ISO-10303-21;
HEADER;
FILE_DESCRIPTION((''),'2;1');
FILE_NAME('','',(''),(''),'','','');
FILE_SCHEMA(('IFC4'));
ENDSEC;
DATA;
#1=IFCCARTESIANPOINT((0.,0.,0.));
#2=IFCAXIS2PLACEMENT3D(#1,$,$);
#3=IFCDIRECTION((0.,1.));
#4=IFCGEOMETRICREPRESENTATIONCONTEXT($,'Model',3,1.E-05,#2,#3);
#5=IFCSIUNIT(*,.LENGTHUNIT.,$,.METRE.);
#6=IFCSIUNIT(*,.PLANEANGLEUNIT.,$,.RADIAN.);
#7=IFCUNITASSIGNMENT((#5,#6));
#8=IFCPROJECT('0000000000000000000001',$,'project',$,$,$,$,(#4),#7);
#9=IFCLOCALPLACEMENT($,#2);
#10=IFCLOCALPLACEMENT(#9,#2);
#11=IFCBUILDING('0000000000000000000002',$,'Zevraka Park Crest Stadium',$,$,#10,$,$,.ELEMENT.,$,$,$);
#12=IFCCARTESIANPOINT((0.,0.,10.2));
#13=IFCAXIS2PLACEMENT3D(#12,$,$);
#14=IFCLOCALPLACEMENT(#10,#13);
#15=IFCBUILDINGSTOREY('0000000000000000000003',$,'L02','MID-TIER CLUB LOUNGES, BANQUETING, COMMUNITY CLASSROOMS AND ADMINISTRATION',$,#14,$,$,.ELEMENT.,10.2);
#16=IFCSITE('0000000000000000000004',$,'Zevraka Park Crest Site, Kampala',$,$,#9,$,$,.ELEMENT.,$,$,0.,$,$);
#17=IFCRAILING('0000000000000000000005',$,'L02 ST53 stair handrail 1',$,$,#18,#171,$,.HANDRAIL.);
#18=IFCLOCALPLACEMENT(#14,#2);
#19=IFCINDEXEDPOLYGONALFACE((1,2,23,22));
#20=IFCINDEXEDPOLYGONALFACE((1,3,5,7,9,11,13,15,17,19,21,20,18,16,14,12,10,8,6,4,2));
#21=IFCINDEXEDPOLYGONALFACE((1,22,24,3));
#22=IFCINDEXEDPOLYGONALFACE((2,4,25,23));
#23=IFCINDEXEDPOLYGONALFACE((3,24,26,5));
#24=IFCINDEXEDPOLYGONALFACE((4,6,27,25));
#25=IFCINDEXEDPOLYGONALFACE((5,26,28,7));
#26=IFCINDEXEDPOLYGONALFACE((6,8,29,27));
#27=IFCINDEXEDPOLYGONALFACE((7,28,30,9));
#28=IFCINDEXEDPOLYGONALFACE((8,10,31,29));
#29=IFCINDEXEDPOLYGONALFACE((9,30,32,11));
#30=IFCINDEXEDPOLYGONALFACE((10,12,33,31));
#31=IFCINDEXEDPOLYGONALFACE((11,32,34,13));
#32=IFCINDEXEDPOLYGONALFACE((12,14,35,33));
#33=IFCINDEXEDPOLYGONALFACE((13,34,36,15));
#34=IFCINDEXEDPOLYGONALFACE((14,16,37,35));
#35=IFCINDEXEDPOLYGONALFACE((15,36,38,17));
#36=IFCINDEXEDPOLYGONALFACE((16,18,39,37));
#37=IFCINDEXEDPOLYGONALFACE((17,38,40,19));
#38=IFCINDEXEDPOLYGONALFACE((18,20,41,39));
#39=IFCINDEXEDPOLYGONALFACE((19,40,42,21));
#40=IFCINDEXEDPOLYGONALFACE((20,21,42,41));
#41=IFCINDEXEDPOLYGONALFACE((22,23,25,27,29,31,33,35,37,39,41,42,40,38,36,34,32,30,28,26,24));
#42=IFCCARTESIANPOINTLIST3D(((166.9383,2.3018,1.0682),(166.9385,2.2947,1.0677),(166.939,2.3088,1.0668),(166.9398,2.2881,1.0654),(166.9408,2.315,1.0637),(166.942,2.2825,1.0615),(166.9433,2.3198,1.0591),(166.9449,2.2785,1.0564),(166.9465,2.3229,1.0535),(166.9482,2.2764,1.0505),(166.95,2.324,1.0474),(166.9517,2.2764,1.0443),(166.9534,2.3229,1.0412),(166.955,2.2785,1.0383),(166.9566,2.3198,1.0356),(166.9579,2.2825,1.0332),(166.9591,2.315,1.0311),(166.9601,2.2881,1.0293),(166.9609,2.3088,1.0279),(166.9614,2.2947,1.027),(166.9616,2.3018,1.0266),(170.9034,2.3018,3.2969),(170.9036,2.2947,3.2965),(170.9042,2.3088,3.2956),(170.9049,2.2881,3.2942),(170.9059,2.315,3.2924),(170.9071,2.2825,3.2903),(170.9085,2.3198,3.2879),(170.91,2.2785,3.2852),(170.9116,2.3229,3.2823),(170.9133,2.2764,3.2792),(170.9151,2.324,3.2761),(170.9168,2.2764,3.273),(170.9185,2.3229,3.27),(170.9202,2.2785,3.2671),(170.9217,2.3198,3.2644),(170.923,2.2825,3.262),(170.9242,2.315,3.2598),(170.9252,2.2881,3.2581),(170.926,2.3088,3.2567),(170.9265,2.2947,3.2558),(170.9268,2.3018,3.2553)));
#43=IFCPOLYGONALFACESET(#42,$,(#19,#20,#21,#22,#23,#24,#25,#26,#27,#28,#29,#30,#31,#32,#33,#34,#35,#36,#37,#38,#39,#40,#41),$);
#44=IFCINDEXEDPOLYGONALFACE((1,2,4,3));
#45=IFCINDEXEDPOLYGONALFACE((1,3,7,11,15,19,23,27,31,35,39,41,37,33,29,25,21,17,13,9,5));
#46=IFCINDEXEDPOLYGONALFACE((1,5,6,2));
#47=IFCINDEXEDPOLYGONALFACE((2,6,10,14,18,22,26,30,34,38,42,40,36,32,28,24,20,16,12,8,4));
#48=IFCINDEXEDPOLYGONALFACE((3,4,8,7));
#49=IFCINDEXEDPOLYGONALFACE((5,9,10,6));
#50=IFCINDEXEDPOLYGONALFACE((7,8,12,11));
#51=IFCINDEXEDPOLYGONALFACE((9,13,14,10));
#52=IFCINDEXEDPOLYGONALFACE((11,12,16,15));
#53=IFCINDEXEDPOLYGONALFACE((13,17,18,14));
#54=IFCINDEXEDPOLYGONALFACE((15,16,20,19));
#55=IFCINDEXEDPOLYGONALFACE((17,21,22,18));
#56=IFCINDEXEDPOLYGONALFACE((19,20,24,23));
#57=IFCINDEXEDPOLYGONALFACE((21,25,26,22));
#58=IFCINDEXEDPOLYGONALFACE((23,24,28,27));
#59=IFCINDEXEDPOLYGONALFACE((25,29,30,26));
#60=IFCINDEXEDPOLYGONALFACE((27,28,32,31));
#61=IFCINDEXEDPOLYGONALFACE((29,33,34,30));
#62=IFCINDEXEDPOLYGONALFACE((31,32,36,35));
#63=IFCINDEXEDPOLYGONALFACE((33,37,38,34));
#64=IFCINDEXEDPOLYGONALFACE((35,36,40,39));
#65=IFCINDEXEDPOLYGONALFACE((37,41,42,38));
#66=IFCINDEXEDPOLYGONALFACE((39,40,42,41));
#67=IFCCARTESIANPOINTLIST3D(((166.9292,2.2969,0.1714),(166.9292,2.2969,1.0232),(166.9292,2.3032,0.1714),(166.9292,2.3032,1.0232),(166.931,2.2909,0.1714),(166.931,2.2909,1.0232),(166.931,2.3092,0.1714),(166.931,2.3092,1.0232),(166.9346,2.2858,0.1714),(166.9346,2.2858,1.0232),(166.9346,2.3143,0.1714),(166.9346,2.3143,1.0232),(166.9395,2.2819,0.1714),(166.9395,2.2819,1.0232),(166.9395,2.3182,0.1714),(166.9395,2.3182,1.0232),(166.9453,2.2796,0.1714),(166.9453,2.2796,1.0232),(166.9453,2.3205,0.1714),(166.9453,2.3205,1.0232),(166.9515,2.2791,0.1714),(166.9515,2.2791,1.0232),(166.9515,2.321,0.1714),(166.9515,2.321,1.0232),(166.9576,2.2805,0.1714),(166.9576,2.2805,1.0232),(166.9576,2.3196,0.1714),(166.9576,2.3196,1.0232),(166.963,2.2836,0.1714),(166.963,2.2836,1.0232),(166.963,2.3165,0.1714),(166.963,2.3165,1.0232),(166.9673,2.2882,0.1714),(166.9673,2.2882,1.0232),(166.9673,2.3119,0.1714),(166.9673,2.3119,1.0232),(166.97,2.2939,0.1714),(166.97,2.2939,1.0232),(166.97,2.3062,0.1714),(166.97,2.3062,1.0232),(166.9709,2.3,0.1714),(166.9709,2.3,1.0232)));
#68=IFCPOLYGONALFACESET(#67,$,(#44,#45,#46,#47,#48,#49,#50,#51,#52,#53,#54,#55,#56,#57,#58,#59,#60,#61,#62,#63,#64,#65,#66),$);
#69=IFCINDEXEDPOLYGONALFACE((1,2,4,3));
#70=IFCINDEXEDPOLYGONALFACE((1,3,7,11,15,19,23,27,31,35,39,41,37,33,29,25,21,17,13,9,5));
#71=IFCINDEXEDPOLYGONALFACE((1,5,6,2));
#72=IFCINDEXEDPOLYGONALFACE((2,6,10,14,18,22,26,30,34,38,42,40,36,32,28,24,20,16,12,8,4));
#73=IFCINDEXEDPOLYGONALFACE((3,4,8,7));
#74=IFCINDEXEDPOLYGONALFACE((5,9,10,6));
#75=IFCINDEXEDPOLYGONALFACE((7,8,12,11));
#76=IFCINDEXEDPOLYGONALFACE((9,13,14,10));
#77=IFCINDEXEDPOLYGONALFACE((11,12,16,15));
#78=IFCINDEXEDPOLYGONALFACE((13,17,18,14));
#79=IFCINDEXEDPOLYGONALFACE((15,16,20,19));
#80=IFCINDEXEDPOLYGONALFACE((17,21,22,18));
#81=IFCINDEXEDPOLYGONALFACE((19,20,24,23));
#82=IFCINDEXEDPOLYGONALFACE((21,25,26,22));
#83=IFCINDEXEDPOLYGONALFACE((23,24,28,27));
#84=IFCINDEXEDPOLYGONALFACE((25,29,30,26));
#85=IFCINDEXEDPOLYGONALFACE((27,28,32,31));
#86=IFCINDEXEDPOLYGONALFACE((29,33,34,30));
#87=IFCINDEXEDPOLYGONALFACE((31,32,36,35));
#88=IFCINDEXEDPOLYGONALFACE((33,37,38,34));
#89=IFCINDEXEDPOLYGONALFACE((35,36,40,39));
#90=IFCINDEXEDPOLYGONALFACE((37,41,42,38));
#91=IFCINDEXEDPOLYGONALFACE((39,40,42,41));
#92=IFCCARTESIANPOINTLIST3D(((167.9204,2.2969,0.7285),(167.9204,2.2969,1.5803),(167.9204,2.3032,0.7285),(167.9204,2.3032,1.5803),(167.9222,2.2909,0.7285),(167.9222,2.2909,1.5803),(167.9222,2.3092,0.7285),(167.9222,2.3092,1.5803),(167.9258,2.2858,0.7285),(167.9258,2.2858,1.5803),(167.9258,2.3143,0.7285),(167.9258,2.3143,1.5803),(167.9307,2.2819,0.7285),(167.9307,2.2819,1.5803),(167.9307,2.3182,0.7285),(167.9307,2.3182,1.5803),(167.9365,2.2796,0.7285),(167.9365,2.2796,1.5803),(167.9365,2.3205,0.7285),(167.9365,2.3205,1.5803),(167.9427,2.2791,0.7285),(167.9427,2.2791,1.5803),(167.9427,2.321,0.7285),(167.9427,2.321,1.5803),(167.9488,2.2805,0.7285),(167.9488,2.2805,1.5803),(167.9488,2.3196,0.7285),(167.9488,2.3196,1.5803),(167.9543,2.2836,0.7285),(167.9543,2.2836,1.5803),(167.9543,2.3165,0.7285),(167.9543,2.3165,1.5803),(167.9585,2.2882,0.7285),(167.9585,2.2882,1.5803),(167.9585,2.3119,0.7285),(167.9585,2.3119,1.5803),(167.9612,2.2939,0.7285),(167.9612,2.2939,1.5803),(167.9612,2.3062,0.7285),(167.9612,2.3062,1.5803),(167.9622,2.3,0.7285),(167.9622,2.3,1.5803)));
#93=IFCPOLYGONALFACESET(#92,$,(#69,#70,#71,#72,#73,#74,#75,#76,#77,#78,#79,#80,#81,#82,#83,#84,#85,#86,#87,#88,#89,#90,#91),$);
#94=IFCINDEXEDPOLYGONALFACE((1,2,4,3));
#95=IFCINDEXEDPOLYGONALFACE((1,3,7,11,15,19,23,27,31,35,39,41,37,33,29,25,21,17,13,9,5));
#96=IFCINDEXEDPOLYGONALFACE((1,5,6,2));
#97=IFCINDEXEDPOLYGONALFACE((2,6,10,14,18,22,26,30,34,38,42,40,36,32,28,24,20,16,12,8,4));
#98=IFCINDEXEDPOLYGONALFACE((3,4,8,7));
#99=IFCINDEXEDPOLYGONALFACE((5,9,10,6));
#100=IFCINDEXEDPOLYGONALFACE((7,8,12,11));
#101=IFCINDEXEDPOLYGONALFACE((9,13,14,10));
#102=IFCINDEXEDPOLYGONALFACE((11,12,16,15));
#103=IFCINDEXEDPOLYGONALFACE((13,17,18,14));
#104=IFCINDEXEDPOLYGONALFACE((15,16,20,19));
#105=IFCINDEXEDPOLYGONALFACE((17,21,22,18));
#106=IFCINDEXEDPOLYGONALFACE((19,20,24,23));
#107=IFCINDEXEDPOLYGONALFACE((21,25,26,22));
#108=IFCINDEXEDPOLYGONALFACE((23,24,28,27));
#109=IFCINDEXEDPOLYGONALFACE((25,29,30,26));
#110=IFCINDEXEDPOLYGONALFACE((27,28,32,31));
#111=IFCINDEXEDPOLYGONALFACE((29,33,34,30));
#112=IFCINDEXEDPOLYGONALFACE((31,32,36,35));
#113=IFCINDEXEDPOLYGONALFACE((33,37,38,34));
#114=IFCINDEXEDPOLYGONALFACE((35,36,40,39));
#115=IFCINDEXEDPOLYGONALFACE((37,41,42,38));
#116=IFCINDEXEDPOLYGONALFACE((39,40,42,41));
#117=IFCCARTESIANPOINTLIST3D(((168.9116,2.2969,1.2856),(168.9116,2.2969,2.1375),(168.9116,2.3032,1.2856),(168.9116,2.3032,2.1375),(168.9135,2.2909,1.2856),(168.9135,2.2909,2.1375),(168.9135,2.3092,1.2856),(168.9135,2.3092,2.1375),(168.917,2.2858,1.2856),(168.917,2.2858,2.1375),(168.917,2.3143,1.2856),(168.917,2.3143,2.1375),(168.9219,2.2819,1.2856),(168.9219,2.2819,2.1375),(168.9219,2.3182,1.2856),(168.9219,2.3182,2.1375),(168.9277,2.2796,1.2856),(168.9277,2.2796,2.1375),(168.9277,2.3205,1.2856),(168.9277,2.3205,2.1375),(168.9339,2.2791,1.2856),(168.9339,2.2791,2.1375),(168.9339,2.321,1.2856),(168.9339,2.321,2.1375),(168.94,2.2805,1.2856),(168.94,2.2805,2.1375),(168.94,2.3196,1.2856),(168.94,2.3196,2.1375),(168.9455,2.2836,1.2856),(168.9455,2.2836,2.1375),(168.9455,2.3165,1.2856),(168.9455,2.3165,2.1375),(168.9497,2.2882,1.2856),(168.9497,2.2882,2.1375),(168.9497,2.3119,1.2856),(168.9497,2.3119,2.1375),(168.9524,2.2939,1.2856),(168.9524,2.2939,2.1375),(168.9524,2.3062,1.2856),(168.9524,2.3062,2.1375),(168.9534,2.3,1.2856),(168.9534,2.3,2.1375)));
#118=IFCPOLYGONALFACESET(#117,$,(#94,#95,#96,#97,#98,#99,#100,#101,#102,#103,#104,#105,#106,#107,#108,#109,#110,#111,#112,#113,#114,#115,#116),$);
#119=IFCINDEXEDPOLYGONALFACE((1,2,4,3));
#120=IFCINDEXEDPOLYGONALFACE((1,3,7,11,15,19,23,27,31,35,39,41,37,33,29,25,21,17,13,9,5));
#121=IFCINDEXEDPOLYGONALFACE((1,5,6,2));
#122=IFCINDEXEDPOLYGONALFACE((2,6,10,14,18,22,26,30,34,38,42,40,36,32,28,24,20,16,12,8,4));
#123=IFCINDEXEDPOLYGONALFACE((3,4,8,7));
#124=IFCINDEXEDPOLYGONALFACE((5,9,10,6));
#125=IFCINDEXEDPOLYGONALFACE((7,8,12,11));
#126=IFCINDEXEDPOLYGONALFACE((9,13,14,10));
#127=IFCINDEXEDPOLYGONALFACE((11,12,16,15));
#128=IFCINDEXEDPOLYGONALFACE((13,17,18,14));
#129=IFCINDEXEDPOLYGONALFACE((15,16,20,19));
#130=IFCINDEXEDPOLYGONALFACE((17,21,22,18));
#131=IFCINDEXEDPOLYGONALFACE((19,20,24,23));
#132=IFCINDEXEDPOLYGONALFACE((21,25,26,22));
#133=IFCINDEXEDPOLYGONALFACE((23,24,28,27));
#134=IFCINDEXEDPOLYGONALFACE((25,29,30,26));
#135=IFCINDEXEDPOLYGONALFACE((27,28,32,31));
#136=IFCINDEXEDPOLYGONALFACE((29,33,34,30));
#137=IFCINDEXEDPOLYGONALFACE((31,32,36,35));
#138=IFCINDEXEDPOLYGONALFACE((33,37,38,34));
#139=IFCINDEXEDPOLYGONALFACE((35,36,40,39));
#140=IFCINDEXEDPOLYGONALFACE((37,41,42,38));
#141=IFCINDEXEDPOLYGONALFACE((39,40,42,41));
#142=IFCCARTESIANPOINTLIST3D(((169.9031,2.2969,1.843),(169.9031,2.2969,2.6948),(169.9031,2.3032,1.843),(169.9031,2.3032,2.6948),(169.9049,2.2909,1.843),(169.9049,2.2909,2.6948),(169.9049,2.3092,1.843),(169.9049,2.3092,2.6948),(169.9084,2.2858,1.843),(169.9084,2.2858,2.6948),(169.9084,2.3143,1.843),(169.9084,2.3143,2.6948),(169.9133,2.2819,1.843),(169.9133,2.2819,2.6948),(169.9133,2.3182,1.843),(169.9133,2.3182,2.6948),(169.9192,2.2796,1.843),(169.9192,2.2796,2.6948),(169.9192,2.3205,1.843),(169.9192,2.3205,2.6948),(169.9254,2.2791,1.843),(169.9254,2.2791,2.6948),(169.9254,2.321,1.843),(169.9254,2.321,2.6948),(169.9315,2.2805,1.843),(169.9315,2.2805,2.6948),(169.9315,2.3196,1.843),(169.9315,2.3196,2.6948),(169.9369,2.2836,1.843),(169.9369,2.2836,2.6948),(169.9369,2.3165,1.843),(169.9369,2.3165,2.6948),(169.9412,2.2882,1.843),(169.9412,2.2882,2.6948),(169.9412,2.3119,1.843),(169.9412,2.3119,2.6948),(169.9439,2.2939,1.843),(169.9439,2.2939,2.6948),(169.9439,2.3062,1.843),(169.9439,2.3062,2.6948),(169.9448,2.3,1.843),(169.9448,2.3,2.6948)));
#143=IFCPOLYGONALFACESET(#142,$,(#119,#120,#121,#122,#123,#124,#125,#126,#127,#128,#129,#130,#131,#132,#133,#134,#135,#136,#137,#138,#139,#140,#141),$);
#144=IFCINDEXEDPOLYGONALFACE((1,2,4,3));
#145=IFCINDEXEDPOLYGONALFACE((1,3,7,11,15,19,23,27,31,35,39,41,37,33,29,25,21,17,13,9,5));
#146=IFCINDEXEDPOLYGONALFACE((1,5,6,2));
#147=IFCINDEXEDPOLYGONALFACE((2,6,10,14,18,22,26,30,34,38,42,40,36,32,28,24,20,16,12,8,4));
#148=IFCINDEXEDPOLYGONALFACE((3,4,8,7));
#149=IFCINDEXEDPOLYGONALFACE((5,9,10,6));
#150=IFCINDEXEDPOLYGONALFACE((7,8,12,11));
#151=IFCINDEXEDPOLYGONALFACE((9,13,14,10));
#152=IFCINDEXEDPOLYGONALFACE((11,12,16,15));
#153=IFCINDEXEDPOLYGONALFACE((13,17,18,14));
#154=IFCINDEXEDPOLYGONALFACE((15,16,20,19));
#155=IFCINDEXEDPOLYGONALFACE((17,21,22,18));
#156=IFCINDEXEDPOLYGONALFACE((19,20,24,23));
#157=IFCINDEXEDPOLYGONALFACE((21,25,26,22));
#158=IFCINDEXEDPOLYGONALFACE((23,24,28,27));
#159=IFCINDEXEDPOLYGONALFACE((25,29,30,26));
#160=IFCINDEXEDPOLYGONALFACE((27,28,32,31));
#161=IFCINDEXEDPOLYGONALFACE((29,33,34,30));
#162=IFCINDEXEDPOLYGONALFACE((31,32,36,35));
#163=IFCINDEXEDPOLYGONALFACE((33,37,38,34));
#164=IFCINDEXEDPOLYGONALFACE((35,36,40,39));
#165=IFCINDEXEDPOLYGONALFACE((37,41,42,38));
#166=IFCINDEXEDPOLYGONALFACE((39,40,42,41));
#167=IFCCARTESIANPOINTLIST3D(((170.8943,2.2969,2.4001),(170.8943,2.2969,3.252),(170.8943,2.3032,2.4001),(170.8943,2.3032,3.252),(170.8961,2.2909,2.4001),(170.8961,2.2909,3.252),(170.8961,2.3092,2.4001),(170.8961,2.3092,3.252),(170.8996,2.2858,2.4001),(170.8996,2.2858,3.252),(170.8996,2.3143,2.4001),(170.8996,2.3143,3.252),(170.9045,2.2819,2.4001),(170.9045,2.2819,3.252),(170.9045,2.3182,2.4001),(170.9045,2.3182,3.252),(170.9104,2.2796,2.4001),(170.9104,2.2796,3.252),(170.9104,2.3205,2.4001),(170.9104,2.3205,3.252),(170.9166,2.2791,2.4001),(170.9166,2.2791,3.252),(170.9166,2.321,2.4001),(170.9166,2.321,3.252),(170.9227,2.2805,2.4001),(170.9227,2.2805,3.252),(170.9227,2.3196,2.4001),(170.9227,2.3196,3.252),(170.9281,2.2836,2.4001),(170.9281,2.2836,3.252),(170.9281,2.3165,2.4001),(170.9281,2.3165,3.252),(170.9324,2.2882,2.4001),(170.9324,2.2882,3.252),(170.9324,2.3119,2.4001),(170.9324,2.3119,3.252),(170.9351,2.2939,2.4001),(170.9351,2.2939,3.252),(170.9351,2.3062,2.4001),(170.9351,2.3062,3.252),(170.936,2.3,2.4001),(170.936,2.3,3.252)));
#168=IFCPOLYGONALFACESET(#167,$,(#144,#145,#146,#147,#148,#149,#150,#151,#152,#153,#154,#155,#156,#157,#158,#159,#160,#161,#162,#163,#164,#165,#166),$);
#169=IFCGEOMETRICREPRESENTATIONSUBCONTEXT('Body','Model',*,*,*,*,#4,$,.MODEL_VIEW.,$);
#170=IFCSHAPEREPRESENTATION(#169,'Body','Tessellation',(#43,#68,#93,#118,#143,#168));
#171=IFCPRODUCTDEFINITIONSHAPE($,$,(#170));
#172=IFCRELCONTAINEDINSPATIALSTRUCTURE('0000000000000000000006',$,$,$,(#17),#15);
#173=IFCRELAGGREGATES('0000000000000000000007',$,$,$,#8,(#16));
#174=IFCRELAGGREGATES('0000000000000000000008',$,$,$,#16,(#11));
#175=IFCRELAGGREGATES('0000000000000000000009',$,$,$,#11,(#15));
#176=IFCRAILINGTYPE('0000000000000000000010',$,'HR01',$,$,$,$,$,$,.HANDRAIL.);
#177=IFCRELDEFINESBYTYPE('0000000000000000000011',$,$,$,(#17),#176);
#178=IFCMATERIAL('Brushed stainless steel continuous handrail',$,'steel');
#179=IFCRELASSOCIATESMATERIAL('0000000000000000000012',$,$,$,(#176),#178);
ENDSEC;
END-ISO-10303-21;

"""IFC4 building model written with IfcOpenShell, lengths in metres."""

from ifc_helpers import new_model, si_unit, direction, frame, origin, origin_2d, place, context, subcontext, project, spatial, circle, extrude, material, type_object, element, save


model = new_model("IFC4")

# Units and contexts
model_context = context("Model", 3, precision=1e-05, world=origin(), true_north=direction((0.0, 1.0)))
body_context = subcontext(model_context, "Body", "Model", "MODEL_VIEW")
ifc_project = project(units=[si_unit("LENGTHUNIT", "METRE"), si_unit("PLANEANGLEUNIT", "RADIAN")], contexts=[model_context])

# Site, building, storey
site_placement = place(None, origin())
site = spatial("IfcSite", under=ifc_project, at=site_placement, Name="Zevraka Park Crest Site, Kampala", CompositionType="ELEMENT", RefElevation=0.0)
building_placement = place(site_placement, origin())
building = spatial("IfcBuilding", under=site, at=building_placement, Name="Zevraka Park Crest Stadium", CompositionType="ELEMENT")
storey_placement = place(building_placement, frame((0.0, 0.0, 10.2)))
storey = spatial("IfcBuildingStorey", under=building, at=storey_placement, Name="L02", Description="MID-TIER CLUB LOUNGES, BANQUETING, COMMUNITY CLASSROOMS AND ADMINISTRATION", CompositionType="ELEMENT", Elevation=10.2)

# Railing
ifc_material_1 = material(Name="Brushed stainless steel continuous handrail", Category="steel")
railing_type_1 = type_object("IfcRailingType", Name="HR01", PredefinedType="HANDRAIL", material=ifc_material_1)
railing_1_placement = place(storey_placement, frame((166.95, 2.3, 0.1714)))
element("IfcRailing", 1, at=railing_1_placement, inside=storey, type_object=railing_type_1, Name="L02 ST53 stair handrail 1", PredefinedType="HANDRAIL", context=body_context, shape_type="SweptSolid", body=[
    extrude(circle(Radius=0.0239, at=origin_2d()), frame((0.0, 0.0, 0.876), z_axis=(0.871726, 0.0, 0.489994), x_axis=(0.0, 1.0, 0.0)), (0.0, 0.0, 1.0), 4.5486),
    extrude(circle(Radius=0.021, at=origin_2d()), origin(), (0.0, 0.0, 1.0), 0.8518),
    extrude(circle(Radius=0.021, at=origin_2d()), frame((0.9912, 0.0, 0.5571)), (0.0, 0.0, 1.0), 0.8518),
    extrude(circle(Radius=0.021, at=origin_2d()), frame((1.9824, 0.0, 1.1143)), (0.0, 0.0, 1.0), 0.8518),
    extrude(circle(Radius=0.021, at=origin_2d()), frame((2.9739, 0.0, 1.6716)), (0.0, 0.0, 1.0), 0.8518),
    extrude(circle(Radius=0.021, at=origin_2d()), frame((3.9651, 0.0, 2.2288)), (0.0, 0.0, 1.0), 0.8518),
])

save(model, "model.ifc")
